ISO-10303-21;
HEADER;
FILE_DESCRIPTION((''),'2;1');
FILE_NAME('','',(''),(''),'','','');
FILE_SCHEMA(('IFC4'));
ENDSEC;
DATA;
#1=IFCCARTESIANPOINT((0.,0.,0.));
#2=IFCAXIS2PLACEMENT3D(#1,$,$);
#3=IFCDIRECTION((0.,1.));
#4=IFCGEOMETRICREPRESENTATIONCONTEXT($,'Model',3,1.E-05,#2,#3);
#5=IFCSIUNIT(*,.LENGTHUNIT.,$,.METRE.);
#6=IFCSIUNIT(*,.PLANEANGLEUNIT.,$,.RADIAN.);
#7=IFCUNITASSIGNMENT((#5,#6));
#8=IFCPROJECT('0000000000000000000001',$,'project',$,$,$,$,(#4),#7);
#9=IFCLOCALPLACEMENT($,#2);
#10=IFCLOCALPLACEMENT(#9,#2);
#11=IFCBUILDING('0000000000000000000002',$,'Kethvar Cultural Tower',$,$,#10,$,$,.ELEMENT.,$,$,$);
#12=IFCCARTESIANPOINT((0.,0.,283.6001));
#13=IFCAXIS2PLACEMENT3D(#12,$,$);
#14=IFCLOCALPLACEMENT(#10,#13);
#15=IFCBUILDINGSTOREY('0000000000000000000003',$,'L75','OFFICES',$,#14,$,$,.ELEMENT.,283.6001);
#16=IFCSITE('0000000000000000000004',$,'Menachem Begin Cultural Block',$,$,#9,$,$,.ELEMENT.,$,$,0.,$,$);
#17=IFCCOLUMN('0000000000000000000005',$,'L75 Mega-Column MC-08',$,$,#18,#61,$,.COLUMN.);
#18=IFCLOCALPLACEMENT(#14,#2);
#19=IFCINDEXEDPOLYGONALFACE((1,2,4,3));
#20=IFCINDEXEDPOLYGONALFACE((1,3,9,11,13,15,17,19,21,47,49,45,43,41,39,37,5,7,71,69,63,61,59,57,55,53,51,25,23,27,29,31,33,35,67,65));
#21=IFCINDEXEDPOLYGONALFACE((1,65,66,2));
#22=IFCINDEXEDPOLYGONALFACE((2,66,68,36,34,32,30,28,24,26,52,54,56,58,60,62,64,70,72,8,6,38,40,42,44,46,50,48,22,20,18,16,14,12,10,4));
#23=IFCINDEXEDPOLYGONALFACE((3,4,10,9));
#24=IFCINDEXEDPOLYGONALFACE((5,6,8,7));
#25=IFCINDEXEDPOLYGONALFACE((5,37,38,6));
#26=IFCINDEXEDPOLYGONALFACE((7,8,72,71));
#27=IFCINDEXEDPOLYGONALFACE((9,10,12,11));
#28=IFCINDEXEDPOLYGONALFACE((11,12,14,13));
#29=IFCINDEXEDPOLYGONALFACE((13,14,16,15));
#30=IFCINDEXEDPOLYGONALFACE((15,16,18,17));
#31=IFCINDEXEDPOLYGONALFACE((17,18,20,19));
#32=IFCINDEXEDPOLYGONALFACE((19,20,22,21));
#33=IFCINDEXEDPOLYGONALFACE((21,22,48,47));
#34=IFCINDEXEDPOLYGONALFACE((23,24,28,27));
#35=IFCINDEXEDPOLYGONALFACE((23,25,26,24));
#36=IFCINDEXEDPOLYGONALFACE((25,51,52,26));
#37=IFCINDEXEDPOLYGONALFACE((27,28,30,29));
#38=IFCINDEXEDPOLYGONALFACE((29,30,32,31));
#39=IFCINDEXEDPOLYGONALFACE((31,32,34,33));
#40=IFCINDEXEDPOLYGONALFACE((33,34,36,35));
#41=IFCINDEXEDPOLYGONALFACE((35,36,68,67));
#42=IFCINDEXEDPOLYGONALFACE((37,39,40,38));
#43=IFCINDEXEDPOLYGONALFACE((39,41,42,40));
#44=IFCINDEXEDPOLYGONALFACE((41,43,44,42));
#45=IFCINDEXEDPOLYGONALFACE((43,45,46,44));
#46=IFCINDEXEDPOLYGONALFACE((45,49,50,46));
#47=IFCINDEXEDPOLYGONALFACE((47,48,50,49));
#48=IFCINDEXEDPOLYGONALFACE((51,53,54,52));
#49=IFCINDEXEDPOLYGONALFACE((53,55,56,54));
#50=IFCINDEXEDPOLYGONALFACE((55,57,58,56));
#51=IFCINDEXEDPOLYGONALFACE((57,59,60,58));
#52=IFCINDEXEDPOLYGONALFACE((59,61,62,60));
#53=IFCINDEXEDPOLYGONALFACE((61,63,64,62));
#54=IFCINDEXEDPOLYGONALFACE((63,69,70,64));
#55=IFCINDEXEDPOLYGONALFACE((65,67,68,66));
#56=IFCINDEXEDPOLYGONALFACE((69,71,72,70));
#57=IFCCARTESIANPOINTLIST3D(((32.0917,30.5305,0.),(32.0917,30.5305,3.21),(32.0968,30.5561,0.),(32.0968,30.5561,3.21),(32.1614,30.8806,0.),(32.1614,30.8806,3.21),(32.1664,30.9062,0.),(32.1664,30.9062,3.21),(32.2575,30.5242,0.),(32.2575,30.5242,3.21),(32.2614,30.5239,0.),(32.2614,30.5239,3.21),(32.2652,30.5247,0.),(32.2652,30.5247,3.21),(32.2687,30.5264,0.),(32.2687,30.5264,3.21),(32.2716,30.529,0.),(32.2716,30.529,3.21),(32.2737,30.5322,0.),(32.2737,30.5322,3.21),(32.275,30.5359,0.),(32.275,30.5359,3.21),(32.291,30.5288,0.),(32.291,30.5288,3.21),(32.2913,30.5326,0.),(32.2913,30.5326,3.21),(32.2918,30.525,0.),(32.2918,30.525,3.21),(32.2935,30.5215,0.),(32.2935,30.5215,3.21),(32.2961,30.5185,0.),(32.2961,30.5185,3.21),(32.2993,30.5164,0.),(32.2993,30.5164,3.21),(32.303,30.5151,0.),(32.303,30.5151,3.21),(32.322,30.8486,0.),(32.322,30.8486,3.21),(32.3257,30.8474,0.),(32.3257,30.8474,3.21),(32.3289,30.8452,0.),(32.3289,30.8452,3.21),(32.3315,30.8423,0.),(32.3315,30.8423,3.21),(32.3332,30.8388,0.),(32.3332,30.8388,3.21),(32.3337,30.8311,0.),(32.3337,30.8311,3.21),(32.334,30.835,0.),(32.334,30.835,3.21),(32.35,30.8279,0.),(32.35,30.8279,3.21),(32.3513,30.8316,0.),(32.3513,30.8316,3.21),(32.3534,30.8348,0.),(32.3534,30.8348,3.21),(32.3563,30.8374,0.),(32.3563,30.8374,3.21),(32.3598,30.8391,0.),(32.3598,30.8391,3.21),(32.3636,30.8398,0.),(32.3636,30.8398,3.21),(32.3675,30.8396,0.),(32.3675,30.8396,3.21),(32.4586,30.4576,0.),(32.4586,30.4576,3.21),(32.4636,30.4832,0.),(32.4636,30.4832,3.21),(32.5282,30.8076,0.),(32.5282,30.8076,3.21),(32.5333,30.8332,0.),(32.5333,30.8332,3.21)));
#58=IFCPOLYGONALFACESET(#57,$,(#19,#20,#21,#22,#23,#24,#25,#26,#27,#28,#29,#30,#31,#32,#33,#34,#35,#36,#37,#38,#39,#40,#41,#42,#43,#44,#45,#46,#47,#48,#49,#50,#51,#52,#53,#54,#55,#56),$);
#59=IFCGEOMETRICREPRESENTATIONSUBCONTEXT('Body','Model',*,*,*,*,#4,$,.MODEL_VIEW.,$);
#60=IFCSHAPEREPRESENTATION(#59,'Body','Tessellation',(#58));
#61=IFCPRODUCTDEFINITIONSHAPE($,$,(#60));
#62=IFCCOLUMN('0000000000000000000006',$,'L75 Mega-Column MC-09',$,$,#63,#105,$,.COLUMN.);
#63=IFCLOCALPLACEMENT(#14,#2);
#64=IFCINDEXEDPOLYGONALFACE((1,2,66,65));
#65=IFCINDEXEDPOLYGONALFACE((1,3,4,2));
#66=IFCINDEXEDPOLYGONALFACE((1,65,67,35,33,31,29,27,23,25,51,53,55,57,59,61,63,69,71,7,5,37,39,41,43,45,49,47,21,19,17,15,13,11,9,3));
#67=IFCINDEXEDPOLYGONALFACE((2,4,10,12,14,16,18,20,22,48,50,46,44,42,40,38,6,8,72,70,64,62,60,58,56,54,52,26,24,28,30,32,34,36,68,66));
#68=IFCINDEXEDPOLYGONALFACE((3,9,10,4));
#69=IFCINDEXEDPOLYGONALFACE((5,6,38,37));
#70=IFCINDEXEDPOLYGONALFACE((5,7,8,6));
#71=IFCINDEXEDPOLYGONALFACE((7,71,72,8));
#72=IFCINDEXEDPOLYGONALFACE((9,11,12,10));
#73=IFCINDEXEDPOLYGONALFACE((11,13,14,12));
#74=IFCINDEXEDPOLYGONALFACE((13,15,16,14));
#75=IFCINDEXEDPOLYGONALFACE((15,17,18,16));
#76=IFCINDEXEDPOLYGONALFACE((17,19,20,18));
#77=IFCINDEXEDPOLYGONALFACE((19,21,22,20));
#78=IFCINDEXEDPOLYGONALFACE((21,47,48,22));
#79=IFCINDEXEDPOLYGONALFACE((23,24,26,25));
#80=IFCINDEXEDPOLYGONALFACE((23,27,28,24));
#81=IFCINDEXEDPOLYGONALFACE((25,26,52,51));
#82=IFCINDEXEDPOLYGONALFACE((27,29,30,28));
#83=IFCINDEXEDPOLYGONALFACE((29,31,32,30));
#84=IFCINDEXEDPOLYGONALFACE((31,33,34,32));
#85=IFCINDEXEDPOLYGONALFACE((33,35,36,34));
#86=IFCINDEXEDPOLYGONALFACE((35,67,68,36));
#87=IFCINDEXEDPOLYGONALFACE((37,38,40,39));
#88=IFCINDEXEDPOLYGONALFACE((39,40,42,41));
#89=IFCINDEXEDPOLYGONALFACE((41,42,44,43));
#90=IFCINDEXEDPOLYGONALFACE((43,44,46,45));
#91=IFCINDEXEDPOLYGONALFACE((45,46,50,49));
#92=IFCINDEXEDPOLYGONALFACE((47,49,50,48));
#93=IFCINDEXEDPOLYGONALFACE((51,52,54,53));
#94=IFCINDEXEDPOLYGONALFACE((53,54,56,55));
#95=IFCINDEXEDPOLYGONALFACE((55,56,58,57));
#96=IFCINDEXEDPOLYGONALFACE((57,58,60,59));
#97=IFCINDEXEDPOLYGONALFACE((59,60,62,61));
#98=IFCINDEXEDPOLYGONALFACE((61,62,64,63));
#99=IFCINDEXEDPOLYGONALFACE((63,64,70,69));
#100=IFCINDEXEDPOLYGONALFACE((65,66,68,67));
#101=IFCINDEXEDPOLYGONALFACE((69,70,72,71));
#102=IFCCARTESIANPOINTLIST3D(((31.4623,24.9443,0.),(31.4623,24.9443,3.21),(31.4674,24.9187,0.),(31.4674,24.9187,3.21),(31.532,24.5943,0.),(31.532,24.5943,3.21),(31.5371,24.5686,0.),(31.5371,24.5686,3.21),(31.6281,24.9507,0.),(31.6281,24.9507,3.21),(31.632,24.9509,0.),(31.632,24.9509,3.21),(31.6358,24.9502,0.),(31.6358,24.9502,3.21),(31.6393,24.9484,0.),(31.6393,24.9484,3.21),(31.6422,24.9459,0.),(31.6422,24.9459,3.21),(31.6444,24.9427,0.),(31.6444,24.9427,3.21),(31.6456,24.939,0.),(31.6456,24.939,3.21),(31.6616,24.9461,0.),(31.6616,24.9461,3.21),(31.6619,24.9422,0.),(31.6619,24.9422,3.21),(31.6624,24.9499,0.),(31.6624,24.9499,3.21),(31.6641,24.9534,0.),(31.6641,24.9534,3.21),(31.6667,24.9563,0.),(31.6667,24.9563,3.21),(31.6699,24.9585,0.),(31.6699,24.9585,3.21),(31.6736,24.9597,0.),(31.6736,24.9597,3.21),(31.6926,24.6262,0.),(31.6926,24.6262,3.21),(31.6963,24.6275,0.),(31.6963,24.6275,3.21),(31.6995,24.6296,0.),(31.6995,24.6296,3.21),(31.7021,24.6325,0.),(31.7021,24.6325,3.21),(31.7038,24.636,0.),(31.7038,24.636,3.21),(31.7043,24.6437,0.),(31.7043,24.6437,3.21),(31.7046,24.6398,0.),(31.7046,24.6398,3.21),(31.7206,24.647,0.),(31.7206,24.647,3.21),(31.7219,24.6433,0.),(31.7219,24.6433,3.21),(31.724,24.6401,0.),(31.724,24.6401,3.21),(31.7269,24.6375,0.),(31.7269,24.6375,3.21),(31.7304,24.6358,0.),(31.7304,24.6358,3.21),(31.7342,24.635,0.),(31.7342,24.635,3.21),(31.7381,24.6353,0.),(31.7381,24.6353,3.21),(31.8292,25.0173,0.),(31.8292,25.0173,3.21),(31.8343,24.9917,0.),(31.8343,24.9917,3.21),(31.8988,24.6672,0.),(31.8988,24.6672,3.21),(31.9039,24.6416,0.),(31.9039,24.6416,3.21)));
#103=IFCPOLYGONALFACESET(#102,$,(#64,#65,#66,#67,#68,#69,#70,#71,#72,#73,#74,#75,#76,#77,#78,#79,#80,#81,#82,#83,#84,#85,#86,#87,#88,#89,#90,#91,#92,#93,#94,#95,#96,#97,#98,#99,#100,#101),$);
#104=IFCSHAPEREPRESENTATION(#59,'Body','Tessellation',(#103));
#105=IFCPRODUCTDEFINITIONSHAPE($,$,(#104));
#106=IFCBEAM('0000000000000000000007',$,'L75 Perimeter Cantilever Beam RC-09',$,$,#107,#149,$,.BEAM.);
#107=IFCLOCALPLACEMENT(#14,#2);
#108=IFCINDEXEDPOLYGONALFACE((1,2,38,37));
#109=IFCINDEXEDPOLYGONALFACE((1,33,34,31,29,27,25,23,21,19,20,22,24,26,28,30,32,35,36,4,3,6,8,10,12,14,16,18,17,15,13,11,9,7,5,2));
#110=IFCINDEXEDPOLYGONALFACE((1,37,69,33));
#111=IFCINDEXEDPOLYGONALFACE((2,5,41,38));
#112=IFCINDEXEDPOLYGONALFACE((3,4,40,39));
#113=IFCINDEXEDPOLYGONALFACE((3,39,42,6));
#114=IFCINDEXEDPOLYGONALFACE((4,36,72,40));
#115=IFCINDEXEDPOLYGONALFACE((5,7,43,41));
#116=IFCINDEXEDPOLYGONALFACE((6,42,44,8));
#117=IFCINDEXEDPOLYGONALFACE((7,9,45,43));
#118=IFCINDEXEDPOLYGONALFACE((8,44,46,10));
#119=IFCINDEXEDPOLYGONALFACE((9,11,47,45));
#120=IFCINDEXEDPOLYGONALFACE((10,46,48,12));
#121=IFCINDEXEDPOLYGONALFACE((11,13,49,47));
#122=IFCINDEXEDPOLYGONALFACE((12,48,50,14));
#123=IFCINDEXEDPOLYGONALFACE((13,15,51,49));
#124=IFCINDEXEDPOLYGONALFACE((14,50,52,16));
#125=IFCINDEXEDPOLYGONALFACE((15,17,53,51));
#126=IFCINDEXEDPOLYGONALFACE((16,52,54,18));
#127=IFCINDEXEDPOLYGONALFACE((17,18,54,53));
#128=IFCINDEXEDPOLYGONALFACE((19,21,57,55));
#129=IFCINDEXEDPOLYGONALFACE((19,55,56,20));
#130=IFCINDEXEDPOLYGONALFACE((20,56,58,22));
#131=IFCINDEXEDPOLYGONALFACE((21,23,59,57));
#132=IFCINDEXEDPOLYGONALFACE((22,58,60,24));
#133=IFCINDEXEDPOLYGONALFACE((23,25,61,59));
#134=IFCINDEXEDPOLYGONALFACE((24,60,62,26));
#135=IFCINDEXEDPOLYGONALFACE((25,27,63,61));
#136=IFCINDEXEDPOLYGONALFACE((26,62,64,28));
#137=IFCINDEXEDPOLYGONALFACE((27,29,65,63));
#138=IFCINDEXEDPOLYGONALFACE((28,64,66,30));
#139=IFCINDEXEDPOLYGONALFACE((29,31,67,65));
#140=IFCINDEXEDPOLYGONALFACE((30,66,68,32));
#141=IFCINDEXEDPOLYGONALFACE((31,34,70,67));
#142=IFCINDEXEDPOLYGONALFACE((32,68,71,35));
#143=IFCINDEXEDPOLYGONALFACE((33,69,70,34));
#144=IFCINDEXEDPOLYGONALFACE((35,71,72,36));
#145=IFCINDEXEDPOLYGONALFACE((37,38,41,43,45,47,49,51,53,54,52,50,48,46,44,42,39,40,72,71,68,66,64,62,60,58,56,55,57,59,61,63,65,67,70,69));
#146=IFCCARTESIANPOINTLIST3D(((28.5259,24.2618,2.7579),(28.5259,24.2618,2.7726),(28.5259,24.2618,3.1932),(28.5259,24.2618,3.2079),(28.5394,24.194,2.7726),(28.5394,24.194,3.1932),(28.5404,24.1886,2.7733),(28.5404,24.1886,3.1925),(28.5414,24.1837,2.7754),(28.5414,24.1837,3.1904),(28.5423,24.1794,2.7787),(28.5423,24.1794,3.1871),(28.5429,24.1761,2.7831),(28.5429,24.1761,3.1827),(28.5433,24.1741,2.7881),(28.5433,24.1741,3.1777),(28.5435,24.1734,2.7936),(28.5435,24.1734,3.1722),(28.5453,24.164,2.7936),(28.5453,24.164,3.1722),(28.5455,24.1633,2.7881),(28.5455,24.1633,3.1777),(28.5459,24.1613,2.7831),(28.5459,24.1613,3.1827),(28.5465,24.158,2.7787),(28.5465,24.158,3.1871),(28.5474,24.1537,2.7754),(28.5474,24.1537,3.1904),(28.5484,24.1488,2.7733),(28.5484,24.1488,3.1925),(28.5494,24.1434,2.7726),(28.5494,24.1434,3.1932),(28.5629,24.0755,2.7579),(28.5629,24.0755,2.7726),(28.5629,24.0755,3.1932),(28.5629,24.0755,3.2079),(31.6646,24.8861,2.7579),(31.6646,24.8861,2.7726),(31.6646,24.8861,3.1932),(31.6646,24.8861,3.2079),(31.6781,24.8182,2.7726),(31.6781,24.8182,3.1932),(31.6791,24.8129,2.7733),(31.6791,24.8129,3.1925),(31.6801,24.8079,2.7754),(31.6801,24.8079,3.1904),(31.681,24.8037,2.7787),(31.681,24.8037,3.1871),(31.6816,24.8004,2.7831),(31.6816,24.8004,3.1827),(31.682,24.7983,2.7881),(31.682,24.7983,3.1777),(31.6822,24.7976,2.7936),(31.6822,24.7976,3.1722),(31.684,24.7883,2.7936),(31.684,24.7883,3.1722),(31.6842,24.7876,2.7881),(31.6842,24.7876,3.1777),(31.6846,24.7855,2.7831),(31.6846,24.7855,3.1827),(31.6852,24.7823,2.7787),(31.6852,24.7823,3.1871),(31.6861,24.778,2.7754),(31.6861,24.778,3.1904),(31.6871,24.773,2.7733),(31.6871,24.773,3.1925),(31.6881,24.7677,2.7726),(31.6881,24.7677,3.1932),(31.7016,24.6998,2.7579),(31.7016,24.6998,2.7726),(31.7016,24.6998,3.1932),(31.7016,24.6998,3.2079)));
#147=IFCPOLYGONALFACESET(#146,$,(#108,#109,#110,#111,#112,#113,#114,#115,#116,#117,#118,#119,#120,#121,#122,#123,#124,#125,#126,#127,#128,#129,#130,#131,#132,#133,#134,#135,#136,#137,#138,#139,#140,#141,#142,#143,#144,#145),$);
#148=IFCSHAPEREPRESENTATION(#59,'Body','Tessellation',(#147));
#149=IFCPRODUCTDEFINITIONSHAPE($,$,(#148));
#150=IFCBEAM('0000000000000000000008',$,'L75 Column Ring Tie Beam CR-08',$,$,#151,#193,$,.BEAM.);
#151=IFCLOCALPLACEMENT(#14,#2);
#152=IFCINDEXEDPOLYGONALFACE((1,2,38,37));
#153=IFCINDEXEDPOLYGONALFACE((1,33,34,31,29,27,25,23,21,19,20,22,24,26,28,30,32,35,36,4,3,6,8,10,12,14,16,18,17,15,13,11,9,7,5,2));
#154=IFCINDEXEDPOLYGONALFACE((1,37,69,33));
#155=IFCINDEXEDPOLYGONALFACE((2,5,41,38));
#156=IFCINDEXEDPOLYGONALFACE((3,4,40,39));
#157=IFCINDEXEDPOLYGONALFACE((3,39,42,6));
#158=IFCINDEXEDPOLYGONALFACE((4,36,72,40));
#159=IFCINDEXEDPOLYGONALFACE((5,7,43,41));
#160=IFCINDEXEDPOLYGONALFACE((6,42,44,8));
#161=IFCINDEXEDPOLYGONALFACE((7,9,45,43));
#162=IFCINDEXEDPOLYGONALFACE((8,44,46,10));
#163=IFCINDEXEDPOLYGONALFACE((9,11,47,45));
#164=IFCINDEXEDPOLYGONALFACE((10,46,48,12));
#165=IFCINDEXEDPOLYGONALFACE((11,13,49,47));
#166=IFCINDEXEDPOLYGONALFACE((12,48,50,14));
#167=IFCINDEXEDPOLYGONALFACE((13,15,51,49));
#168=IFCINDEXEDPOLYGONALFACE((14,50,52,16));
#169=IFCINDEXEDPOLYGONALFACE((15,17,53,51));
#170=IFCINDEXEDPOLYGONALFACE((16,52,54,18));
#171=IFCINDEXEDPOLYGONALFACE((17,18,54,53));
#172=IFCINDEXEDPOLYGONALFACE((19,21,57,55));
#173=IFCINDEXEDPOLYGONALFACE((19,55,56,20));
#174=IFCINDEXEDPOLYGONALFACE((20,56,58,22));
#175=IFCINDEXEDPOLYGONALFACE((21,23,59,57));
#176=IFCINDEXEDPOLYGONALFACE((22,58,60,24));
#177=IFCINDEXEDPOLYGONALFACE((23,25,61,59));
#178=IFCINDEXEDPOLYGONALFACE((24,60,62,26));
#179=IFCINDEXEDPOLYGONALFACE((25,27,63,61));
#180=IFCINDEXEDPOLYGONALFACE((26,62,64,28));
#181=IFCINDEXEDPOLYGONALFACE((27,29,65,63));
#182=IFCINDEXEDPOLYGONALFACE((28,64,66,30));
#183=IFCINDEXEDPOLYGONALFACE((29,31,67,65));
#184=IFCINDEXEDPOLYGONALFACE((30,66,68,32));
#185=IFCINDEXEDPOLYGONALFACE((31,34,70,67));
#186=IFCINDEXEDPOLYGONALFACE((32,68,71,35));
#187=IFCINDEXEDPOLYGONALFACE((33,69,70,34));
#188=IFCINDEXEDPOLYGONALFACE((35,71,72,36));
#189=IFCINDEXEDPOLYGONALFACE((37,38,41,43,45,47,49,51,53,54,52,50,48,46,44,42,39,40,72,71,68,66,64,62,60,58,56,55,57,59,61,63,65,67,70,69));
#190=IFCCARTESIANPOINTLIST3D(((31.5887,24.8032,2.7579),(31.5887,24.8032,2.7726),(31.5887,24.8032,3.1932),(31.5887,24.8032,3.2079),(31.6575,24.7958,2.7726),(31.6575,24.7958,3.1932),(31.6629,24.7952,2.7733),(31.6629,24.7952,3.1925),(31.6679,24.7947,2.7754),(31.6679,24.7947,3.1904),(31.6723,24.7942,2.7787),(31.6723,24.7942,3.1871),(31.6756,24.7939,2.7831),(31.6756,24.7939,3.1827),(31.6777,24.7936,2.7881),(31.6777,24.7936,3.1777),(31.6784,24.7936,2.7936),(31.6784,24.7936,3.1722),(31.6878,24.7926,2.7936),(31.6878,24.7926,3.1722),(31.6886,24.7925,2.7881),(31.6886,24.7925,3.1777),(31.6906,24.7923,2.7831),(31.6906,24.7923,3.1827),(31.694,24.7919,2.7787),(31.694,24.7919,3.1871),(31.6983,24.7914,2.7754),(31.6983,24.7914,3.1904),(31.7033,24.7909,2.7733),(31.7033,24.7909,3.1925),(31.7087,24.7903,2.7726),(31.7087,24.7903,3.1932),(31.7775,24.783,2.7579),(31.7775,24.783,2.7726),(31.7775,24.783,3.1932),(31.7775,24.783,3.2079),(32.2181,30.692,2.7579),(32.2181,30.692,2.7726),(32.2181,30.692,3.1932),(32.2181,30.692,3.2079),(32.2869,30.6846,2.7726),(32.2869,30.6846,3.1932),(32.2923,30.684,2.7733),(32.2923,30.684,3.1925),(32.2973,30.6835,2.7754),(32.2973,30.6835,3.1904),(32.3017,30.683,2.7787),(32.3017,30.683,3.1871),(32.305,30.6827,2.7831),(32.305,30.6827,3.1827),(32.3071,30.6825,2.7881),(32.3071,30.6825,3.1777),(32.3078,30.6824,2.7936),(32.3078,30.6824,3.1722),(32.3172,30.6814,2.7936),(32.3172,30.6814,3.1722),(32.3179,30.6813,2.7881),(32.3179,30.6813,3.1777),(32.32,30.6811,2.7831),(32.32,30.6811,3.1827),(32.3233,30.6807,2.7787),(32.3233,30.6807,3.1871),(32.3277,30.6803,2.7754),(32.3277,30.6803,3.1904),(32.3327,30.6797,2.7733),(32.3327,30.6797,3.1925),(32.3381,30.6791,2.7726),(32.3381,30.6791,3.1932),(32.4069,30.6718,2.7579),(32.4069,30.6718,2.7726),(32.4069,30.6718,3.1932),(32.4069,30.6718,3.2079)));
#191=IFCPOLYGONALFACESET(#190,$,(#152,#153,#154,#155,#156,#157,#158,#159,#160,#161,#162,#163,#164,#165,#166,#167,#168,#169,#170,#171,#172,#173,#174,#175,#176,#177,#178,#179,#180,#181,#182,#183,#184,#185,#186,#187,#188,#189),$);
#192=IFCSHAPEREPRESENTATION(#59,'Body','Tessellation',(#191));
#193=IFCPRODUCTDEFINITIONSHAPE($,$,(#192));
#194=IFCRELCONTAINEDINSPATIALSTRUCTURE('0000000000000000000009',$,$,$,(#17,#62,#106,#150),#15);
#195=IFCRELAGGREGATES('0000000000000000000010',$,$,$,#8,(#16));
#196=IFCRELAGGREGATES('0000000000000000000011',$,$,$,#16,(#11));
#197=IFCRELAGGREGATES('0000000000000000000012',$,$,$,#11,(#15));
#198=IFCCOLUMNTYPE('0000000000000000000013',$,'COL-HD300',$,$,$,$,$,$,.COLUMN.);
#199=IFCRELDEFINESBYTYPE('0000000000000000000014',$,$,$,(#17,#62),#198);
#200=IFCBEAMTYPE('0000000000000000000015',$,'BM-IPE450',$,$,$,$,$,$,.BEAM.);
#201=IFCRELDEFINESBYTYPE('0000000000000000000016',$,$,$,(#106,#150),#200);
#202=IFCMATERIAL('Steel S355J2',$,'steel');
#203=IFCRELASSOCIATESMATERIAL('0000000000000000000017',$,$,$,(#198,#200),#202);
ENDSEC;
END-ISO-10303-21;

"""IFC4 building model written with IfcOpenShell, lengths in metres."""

from ifc_helpers import new_model, si_unit, direction, frame, origin, origin_2d, place, context, subcontext, project, spatial, i_section, extrude, source, transform, mapped, material, material_profile, profile_set, type_object, element, save


model = new_model("IFC4")

# Units and contexts
model_context = context("Model", 3, precision=1e-05, world=origin(), true_north=direction((0.0, 1.0)))
body_context = subcontext(model_context, "Body", "Model", "MODEL_VIEW")
ifc_project = project(units=[si_unit("LENGTHUNIT", "METRE"), si_unit("PLANEANGLEUNIT", "RADIAN")], contexts=[model_context])

# Site, building, storey
site_placement = place(None, origin())
site = spatial("IfcSite", under=ifc_project, at=site_placement, Name="Menachem Begin Cultural Block", CompositionType="ELEMENT", RefElevation=0.0)
building_placement = place(site_placement, origin())
building = spatial("IfcBuilding", under=site, at=building_placement, Name="Kethvar Cultural Tower", CompositionType="ELEMENT")
storey_placement = place(building_placement, frame((0.0, 0.0, 283.6001)))
storey = spatial("IfcBuildingStorey", under=building, at=storey_placement, Name="L75", Description="OFFICES", CompositionType="ELEMENT", Elevation=283.6001)

# Columns
ifc_material_1 = material(Name="Steel S355J2", Category="steel")
ifc_material_profile_1 = material_profile(ifc_material_1, i_section(OverallWidth=0.374, OverallDepth=0.3831, WebThickness=0.0166, FlangeThickness=0.0261, FilletRadius=0.0149, at=origin_2d()), Name="Steel S355J2 — HD360x300")
ifc_profile_set_1 = profile_set([ifc_material_profile_1], Name="Steel S355J2 — HD360x300")
column_type = type_object("IfcColumnType", Name="COL-HD300", PredefinedType="COLUMN", material=ifc_profile_set_1)
shared_shape_1 = source(origin(), body_context, "Body", "SweptSolid", [
    extrude(i_section(OverallWidth=0.374, OverallDepth=0.3831, WebThickness=0.0166, FlangeThickness=0.0261, FilletRadius=0.0149, at=origin_2d()), origin(), (0.0, 0.0, 1.0), 3.21),
])
for number, where, z_axis, x_axis, name in (
    (1, (32.3125, 30.6819, 0.0), (0.0, 0.0, 1.0), (-0.980785, 0.19509, 0.0), "L75 Mega-Column MC-08"),
    (2, (31.6831, 24.793, 0.0), (0.0, 0.0, 1.0), (-0.980785, -0.19509, 0.0), "L75 Mega-Column MC-09"),
):
    element("IfcColumn", number, at=place(storey_placement, frame(where, z_axis=z_axis, x_axis=x_axis)), inside=storey, type_object=column_type, Name=name, PredefinedType="COLUMN", context=body_context, shape_type="MappedRepresentation", body=[
        mapped(shared_shape_1, transform((0.0, 0.0, 0.0), scale=1.0)),
    ])

# Beams
ifc_material_profile_2 = material_profile(ifc_material_1, i_section(OverallWidth=0.1899, OverallDepth=0.45, WebThickness=0.0095, FlangeThickness=0.0146, FilletRadius=0.021, at=origin_2d()), Name="Steel S355J2 — IPE450")
ifc_profile_set_2 = profile_set([ifc_material_profile_2], Name="Steel S355J2 — IPE450")
beam_type_1 = type_object("IfcBeamType", Name="BM-IPE450", PredefinedType="BEAM", material=ifc_profile_set_2)
shared_shape_2 = source(origin(), body_context, "Body", "SweptSolid", [
    extrude(i_section(OverallWidth=0.1899, OverallDepth=0.45, WebThickness=0.0095, FlangeThickness=0.0146, FilletRadius=0.021, at=origin_2d()), origin(), (0.0, 0.0, 1.0), 3.2002),
])
beam_1_placement = place(storey_placement, frame((31.6831, 24.793, 2.9829), z_axis=(-0.980788, -0.195074, 0.0), x_axis=(0.195074, -0.980788, 0.0)))
element("IfcBeam", 3, at=beam_1_placement, inside=storey, type_object=beam_type_1, Name="L75 Perimeter Cantilever Beam RC-09", PredefinedType="BEAM", context=body_context, shape_type="MappedRepresentation", body=[
    mapped(shared_shape_2, transform((0.0, 0.0, 0.0), scale=1.0)),
])
shared_shape_3 = source(origin(), body_context, "Body", "SweptSolid", [
    extrude(i_section(OverallWidth=0.1899, OverallDepth=0.45, WebThickness=0.0095, FlangeThickness=0.0146, FilletRadius=0.021, at=origin_2d()), origin(), (0.0, 0.0, 1.0), 5.9224),
])
beam_2_placement = place(storey_placement, frame((32.3125, 30.6819, 2.9829), z_axis=(-0.106273, -0.994337, 0.0), x_axis=(0.994337, -0.106273, 0.0)))
element("IfcBeam", 4, at=beam_2_placement, inside=storey, type_object=beam_type_1, Name="L75 Column Ring Tie Beam CR-08", PredefinedType="BEAM", context=body_context, shape_type="MappedRepresentation", body=[
    mapped(shared_shape_3, transform((0.0, 0.0, 0.0), scale=1.0)),
])

save(model, "model.ifc")
